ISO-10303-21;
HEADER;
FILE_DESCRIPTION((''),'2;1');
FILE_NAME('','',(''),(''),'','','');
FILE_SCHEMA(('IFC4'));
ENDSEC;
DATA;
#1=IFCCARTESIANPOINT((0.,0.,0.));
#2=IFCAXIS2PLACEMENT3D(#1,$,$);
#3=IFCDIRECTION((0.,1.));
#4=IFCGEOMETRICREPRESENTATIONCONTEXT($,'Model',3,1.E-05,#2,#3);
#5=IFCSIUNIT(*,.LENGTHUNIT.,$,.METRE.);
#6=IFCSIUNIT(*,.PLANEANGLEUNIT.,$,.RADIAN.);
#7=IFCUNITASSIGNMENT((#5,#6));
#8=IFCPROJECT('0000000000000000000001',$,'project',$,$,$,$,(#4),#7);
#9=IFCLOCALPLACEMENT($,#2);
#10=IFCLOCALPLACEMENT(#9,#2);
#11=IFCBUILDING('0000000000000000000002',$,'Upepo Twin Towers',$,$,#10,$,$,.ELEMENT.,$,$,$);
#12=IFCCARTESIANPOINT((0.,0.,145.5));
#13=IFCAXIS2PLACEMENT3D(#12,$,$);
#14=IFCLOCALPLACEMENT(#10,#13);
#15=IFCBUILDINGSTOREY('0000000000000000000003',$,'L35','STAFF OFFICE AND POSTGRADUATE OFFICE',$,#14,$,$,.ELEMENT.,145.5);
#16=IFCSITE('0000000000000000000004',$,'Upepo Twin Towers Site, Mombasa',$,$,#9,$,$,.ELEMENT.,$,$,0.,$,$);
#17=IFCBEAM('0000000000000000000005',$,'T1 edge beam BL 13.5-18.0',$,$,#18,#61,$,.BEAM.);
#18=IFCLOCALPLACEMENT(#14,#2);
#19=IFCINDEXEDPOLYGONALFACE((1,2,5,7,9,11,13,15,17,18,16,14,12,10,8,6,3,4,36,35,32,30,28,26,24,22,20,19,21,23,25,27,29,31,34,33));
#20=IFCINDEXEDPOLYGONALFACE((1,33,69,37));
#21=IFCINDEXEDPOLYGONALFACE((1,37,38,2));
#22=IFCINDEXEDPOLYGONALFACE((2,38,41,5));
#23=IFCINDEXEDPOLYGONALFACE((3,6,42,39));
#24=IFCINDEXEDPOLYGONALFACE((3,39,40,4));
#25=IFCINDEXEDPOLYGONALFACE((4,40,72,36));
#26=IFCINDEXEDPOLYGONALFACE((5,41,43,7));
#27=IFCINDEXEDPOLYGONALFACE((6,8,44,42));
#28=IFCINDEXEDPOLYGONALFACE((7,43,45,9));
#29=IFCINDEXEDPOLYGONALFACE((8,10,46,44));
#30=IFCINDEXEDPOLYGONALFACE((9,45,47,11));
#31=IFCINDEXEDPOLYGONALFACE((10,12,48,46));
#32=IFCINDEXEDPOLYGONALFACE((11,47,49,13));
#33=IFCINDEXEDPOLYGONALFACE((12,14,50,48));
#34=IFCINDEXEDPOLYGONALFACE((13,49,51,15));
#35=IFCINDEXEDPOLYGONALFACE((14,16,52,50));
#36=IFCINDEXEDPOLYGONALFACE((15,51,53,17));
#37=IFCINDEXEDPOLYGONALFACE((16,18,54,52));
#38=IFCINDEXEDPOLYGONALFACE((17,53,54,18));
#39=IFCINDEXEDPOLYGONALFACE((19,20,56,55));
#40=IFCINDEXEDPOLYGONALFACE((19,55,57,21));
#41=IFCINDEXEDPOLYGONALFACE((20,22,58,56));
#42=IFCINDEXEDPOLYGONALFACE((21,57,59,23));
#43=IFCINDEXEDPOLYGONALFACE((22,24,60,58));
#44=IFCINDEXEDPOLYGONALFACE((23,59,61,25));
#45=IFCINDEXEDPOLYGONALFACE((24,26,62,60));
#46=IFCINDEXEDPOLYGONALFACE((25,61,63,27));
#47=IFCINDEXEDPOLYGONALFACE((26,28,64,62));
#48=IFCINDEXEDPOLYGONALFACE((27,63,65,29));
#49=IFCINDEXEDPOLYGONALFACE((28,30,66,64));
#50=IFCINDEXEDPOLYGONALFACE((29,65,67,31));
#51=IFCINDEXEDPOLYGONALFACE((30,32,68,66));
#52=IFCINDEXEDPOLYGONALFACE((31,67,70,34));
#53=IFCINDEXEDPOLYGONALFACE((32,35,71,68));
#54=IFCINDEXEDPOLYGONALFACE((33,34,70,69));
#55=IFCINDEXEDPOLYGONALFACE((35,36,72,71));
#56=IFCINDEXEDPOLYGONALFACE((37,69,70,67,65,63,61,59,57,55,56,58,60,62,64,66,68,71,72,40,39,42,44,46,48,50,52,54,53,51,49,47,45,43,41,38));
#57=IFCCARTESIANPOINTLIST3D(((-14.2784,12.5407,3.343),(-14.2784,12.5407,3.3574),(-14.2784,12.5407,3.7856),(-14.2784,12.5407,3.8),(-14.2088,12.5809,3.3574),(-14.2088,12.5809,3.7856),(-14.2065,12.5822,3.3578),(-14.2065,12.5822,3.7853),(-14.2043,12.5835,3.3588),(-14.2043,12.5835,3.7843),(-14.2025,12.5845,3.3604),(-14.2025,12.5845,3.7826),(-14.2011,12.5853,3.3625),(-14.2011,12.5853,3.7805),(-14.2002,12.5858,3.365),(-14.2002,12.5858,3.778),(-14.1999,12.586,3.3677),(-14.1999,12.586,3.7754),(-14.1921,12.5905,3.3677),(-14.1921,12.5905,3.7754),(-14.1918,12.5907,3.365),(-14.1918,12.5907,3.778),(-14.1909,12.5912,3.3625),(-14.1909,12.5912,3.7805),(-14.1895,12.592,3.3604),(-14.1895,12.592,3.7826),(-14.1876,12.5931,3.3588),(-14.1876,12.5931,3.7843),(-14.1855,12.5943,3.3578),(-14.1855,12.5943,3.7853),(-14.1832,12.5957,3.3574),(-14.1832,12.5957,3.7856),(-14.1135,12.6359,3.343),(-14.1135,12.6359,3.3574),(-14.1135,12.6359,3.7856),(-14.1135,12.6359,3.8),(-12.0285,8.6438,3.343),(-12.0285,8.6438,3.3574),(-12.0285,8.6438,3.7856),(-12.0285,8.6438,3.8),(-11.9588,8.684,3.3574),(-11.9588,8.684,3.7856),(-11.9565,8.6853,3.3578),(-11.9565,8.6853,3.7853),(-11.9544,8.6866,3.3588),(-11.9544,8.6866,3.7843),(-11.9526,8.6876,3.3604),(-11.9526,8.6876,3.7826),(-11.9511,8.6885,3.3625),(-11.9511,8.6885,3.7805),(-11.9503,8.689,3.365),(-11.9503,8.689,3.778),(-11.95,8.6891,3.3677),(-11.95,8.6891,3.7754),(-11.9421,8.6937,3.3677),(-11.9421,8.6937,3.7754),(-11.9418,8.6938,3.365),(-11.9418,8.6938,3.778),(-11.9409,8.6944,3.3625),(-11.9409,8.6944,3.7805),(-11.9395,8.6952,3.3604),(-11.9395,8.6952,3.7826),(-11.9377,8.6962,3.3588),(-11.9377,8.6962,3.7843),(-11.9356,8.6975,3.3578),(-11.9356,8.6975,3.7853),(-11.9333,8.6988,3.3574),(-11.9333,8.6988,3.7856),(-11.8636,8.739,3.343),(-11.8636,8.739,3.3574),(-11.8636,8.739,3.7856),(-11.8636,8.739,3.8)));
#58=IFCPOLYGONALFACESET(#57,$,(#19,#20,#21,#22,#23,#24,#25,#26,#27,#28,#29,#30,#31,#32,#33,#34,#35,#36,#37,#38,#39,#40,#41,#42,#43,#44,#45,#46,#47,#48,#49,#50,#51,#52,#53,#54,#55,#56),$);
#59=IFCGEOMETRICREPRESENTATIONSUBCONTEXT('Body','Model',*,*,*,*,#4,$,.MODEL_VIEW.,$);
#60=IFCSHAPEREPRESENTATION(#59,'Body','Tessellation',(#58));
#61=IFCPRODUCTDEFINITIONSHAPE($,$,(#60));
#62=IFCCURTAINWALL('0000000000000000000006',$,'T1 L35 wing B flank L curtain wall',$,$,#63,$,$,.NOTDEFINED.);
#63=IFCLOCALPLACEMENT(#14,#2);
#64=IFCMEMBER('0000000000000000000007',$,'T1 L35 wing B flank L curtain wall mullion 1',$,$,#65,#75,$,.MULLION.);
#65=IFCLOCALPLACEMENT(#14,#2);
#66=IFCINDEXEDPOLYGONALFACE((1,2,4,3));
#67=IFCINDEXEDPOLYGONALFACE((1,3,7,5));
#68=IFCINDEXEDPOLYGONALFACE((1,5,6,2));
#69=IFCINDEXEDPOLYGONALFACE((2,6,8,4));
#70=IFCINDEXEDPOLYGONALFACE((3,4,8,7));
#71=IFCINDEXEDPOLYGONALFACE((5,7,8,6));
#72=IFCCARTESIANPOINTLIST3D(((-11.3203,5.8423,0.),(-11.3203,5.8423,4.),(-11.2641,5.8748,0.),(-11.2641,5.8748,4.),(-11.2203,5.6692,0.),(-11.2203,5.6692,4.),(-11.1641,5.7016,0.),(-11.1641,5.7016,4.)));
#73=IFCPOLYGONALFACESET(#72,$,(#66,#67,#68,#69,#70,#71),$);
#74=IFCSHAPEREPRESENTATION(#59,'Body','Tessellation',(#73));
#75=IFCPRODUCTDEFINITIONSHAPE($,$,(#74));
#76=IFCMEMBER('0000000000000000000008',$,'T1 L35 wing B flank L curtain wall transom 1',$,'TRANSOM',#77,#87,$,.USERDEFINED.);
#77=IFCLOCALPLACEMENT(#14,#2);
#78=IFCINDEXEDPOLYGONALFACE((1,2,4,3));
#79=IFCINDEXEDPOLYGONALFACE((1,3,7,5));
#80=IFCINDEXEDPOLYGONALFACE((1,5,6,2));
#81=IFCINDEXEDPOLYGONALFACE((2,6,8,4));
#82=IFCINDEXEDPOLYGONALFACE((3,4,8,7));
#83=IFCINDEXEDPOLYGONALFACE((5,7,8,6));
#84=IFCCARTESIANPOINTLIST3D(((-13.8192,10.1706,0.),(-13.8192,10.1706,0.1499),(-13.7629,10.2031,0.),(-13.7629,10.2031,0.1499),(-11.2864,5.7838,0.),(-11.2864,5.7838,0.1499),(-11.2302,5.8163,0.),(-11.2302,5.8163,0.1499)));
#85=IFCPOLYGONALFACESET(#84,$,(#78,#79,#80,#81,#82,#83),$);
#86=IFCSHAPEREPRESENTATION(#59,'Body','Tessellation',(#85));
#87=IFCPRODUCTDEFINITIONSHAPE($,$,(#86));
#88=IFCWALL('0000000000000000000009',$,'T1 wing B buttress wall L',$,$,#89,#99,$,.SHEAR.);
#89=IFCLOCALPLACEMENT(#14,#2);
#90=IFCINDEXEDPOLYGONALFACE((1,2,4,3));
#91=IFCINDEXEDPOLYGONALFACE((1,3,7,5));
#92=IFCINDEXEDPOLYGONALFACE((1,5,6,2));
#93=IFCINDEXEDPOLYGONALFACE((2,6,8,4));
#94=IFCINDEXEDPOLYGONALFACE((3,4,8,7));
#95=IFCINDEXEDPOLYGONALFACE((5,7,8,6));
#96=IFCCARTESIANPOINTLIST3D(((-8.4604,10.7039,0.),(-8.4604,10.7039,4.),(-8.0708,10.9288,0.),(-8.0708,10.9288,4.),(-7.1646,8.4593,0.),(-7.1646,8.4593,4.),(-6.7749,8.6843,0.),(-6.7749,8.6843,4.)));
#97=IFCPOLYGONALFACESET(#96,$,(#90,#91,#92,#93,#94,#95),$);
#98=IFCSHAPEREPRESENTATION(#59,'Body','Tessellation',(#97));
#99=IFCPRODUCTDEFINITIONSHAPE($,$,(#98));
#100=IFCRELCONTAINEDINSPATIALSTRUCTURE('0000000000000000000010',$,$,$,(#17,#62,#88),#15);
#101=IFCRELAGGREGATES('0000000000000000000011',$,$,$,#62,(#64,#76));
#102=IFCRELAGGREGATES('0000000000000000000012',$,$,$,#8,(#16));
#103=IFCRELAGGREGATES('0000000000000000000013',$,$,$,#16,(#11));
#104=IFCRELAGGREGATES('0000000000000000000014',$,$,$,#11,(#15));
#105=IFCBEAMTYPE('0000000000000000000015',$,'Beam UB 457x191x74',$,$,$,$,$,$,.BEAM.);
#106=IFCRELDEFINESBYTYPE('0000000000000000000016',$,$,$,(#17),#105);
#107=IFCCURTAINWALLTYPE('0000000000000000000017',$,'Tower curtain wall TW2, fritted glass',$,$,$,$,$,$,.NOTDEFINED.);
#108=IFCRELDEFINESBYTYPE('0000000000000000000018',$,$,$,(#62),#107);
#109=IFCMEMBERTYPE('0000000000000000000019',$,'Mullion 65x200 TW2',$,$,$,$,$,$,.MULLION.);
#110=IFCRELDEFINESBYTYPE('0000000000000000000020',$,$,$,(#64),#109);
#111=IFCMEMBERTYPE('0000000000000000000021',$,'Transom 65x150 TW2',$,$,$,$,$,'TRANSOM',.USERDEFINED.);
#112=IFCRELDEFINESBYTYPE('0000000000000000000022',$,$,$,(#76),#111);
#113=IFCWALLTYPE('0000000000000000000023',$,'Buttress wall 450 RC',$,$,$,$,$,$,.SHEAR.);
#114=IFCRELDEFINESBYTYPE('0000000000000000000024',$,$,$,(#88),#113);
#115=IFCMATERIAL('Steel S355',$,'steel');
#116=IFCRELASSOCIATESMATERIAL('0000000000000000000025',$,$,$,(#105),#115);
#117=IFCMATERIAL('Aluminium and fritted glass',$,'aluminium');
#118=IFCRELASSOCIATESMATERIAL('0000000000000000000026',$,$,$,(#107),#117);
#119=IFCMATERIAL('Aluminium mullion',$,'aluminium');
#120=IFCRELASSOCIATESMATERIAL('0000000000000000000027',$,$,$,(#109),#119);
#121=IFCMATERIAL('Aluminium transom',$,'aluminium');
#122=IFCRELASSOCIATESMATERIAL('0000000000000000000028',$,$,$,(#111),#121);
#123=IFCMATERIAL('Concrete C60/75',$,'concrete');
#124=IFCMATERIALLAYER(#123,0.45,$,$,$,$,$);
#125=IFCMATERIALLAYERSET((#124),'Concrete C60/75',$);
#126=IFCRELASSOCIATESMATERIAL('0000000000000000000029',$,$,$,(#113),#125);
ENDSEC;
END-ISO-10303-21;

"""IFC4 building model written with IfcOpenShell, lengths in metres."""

from ifc_helpers import new_model, si_unit, direction, frame, frame_2d, origin, origin_2d, place, context, subcontext, project, spatial, rectangle, i_section, extrude, material, layer, layer_set, material_profile, profile_set, type_object, element, aggregate, save


model = new_model("IFC4")

# Units and contexts
model_context = context("Model", 3, precision=1e-05, world=origin(), true_north=direction((0.0, 1.0)))
body_context = subcontext(model_context, "Body", "Model", "MODEL_VIEW")
ifc_project = project(units=[si_unit("LENGTHUNIT", "METRE"), si_unit("PLANEANGLEUNIT", "RADIAN")], contexts=[model_context])

# Site, building, storey
site_placement = place(None, origin())
site = spatial("IfcSite", under=ifc_project, at=site_placement, Name="Upepo Twin Towers Site, Mombasa", CompositionType="ELEMENT", RefElevation=0.0)
building_placement = place(site_placement, origin())
building = spatial("IfcBuilding", under=site, at=building_placement, Name="Upepo Twin Towers", CompositionType="ELEMENT")
storey_placement = place(building_placement, frame((0.0, 0.0, 145.5)))
storey = spatial("IfcBuildingStorey", under=building, at=storey_placement, Name="L35", Description="STAFF OFFICE AND POSTGRADUATE OFFICE", CompositionType="ELEMENT", Elevation=145.5)

# Beam
ifc_material_1 = material(Name="Steel S355", Category="steel")
ifc_material_profile_1 = material_profile(ifc_material_1, i_section(OverallWidth=0.1904, OverallDepth=0.457, WebThickness=0.009, FlangeThickness=0.0144, FilletRadius=0.0103, at=origin_2d()), Name="UB 457x191x74")
ifc_profile_set_1 = profile_set([ifc_material_profile_1], Name="Steel S355")
beam_type = type_object("IfcBeamType", Name="Beam UB 457x191x74", PredefinedType="BEAM", material=ifc_profile_set_1)
beam_placement = place(storey_placement, frame((-11.946, 8.6914, 3.5715), z_axis=(-0.500014, 0.866018, 0.0), x_axis=(-0.866018, -0.500014, 0.0)))
element("IfcBeam", 1, at=beam_placement, inside=storey, type_object=beam_type, Name="T1 edge beam BL 13.5-18.0", PredefinedType="BEAM", context=body_context, shape_type="SweptSolid", body=[
    extrude(i_section(OverallWidth=0.1904, OverallDepth=0.457, WebThickness=0.009, FlangeThickness=0.0144, FilletRadius=0.0103, at=origin_2d()), origin(), (0.0, 0.0, 1.0), 4.4998),
])

# Curtain wall, members
ifc_material_2 = material(Name="Aluminium and fritted glass", Category="aluminium")
curtain_wall_type = type_object("IfcCurtainWallType", Name="Tower curtain wall TW2, fritted glass", PredefinedType="NOTDEFINED", material=ifc_material_2)
curtain_wall_placement = place(storey_placement, origin())
curtain_wall = element("IfcCurtainWall", 2, at=curtain_wall_placement, inside=storey, type_object=curtain_wall_type, Name="T1 L35 wing B flank L curtain wall", PredefinedType="NOTDEFINED")
ifc_material_3 = material(Name="Aluminium mullion", Category="aluminium")
ifc_material_profile_2 = material_profile(ifc_material_3, rectangle(XDim=0.0649, YDim=0.2, at=origin_2d()), Name="MULLION 65x200")
ifc_profile_set_2 = profile_set([ifc_material_profile_2], Name="Aluminium mullion")
member_type_1 = type_object("IfcMemberType", Name="Mullion 65x200 TW2", PredefinedType="MULLION", material=ifc_profile_set_2)
member_1_placement = place(storey_placement, frame((-11.2422, 5.772, 0.0), z_axis=(0.0, 0.0, 1.0), x_axis=(-0.866025, -0.5, 0.0)))
member_1 = element("IfcMember", 3, at=member_1_placement, type_object=member_type_1, Name="T1 L35 wing B flank L curtain wall mullion 1", PredefinedType="MULLION", context=body_context, shape_type="SweptSolid", body=[
    extrude(rectangle(XDim=0.0649, YDim=0.2, at=origin_2d()), origin(), (0.0, 0.0, 1.0), 4.0),
])
ifc_material_4 = material(Name="Aluminium transom", Category="aluminium")
ifc_material_profile_3 = material_profile(ifc_material_4, rectangle(XDim=0.0649, YDim=0.1499, at=origin_2d()), Name="TRANSOM 65x150")
ifc_profile_set_3 = profile_set([ifc_material_profile_3], Name="Aluminium transom")
member_type_2 = type_object("IfcMemberType", Name="Transom 65x150 TW2", ElementType="TRANSOM", PredefinedType="USERDEFINED", material=ifc_profile_set_3)
member_2_placement = place(storey_placement, frame((-11.2583, 5.8, 0.075), z_axis=(-0.500006, 0.866022, 0.0), x_axis=(-0.866022, -0.500006, 0.0)))
member_2 = element("IfcMember", 4, at=member_2_placement, type_object=member_type_2, Name="T1 L35 wing B flank L curtain wall transom 1", ObjectType="TRANSOM", PredefinedType="USERDEFINED", context=body_context, shape_type="SweptSolid", body=[
    extrude(rectangle(XDim=0.0649, YDim=0.1499, at=origin_2d()), origin(), (0.0, 0.0, 1.0), 5.0654),
])
aggregate(curtain_wall, [member_1, member_2])

# Wall
ifc_material_5 = material(Name="Concrete C60/75", Category="concrete")
ifc_layer_1 = layer(ifc_material_5, 0.45)
ifc_layer_set_1 = layer_set([ifc_layer_1], Name="Concrete C60/75")
wall_type_1 = type_object("IfcWallType", Name="Buttress wall 450 RC", PredefinedType="SHEAR", material=ifc_layer_set_1)
wall_1_placement = place(storey_placement, frame((-6.9697, 8.5718, 0.0), z_axis=(0.0, 0.0, 1.0), x_axis=(-0.499989, 0.866032, 0.0)))
element("IfcWall", 5, at=wall_1_placement, inside=storey, type_object=wall_type_1, Name="T1 wing B buttress wall L", PredefinedType="SHEAR", context=body_context, shape_type="SweptSolid", body=[
    extrude(rectangle(XDim=2.5918, YDim=0.45, at=frame_2d((1.2959, 0.0))), origin(), (0.0, 0.0, 1.0), 4.0),
])

save(model, "model.ifc")
